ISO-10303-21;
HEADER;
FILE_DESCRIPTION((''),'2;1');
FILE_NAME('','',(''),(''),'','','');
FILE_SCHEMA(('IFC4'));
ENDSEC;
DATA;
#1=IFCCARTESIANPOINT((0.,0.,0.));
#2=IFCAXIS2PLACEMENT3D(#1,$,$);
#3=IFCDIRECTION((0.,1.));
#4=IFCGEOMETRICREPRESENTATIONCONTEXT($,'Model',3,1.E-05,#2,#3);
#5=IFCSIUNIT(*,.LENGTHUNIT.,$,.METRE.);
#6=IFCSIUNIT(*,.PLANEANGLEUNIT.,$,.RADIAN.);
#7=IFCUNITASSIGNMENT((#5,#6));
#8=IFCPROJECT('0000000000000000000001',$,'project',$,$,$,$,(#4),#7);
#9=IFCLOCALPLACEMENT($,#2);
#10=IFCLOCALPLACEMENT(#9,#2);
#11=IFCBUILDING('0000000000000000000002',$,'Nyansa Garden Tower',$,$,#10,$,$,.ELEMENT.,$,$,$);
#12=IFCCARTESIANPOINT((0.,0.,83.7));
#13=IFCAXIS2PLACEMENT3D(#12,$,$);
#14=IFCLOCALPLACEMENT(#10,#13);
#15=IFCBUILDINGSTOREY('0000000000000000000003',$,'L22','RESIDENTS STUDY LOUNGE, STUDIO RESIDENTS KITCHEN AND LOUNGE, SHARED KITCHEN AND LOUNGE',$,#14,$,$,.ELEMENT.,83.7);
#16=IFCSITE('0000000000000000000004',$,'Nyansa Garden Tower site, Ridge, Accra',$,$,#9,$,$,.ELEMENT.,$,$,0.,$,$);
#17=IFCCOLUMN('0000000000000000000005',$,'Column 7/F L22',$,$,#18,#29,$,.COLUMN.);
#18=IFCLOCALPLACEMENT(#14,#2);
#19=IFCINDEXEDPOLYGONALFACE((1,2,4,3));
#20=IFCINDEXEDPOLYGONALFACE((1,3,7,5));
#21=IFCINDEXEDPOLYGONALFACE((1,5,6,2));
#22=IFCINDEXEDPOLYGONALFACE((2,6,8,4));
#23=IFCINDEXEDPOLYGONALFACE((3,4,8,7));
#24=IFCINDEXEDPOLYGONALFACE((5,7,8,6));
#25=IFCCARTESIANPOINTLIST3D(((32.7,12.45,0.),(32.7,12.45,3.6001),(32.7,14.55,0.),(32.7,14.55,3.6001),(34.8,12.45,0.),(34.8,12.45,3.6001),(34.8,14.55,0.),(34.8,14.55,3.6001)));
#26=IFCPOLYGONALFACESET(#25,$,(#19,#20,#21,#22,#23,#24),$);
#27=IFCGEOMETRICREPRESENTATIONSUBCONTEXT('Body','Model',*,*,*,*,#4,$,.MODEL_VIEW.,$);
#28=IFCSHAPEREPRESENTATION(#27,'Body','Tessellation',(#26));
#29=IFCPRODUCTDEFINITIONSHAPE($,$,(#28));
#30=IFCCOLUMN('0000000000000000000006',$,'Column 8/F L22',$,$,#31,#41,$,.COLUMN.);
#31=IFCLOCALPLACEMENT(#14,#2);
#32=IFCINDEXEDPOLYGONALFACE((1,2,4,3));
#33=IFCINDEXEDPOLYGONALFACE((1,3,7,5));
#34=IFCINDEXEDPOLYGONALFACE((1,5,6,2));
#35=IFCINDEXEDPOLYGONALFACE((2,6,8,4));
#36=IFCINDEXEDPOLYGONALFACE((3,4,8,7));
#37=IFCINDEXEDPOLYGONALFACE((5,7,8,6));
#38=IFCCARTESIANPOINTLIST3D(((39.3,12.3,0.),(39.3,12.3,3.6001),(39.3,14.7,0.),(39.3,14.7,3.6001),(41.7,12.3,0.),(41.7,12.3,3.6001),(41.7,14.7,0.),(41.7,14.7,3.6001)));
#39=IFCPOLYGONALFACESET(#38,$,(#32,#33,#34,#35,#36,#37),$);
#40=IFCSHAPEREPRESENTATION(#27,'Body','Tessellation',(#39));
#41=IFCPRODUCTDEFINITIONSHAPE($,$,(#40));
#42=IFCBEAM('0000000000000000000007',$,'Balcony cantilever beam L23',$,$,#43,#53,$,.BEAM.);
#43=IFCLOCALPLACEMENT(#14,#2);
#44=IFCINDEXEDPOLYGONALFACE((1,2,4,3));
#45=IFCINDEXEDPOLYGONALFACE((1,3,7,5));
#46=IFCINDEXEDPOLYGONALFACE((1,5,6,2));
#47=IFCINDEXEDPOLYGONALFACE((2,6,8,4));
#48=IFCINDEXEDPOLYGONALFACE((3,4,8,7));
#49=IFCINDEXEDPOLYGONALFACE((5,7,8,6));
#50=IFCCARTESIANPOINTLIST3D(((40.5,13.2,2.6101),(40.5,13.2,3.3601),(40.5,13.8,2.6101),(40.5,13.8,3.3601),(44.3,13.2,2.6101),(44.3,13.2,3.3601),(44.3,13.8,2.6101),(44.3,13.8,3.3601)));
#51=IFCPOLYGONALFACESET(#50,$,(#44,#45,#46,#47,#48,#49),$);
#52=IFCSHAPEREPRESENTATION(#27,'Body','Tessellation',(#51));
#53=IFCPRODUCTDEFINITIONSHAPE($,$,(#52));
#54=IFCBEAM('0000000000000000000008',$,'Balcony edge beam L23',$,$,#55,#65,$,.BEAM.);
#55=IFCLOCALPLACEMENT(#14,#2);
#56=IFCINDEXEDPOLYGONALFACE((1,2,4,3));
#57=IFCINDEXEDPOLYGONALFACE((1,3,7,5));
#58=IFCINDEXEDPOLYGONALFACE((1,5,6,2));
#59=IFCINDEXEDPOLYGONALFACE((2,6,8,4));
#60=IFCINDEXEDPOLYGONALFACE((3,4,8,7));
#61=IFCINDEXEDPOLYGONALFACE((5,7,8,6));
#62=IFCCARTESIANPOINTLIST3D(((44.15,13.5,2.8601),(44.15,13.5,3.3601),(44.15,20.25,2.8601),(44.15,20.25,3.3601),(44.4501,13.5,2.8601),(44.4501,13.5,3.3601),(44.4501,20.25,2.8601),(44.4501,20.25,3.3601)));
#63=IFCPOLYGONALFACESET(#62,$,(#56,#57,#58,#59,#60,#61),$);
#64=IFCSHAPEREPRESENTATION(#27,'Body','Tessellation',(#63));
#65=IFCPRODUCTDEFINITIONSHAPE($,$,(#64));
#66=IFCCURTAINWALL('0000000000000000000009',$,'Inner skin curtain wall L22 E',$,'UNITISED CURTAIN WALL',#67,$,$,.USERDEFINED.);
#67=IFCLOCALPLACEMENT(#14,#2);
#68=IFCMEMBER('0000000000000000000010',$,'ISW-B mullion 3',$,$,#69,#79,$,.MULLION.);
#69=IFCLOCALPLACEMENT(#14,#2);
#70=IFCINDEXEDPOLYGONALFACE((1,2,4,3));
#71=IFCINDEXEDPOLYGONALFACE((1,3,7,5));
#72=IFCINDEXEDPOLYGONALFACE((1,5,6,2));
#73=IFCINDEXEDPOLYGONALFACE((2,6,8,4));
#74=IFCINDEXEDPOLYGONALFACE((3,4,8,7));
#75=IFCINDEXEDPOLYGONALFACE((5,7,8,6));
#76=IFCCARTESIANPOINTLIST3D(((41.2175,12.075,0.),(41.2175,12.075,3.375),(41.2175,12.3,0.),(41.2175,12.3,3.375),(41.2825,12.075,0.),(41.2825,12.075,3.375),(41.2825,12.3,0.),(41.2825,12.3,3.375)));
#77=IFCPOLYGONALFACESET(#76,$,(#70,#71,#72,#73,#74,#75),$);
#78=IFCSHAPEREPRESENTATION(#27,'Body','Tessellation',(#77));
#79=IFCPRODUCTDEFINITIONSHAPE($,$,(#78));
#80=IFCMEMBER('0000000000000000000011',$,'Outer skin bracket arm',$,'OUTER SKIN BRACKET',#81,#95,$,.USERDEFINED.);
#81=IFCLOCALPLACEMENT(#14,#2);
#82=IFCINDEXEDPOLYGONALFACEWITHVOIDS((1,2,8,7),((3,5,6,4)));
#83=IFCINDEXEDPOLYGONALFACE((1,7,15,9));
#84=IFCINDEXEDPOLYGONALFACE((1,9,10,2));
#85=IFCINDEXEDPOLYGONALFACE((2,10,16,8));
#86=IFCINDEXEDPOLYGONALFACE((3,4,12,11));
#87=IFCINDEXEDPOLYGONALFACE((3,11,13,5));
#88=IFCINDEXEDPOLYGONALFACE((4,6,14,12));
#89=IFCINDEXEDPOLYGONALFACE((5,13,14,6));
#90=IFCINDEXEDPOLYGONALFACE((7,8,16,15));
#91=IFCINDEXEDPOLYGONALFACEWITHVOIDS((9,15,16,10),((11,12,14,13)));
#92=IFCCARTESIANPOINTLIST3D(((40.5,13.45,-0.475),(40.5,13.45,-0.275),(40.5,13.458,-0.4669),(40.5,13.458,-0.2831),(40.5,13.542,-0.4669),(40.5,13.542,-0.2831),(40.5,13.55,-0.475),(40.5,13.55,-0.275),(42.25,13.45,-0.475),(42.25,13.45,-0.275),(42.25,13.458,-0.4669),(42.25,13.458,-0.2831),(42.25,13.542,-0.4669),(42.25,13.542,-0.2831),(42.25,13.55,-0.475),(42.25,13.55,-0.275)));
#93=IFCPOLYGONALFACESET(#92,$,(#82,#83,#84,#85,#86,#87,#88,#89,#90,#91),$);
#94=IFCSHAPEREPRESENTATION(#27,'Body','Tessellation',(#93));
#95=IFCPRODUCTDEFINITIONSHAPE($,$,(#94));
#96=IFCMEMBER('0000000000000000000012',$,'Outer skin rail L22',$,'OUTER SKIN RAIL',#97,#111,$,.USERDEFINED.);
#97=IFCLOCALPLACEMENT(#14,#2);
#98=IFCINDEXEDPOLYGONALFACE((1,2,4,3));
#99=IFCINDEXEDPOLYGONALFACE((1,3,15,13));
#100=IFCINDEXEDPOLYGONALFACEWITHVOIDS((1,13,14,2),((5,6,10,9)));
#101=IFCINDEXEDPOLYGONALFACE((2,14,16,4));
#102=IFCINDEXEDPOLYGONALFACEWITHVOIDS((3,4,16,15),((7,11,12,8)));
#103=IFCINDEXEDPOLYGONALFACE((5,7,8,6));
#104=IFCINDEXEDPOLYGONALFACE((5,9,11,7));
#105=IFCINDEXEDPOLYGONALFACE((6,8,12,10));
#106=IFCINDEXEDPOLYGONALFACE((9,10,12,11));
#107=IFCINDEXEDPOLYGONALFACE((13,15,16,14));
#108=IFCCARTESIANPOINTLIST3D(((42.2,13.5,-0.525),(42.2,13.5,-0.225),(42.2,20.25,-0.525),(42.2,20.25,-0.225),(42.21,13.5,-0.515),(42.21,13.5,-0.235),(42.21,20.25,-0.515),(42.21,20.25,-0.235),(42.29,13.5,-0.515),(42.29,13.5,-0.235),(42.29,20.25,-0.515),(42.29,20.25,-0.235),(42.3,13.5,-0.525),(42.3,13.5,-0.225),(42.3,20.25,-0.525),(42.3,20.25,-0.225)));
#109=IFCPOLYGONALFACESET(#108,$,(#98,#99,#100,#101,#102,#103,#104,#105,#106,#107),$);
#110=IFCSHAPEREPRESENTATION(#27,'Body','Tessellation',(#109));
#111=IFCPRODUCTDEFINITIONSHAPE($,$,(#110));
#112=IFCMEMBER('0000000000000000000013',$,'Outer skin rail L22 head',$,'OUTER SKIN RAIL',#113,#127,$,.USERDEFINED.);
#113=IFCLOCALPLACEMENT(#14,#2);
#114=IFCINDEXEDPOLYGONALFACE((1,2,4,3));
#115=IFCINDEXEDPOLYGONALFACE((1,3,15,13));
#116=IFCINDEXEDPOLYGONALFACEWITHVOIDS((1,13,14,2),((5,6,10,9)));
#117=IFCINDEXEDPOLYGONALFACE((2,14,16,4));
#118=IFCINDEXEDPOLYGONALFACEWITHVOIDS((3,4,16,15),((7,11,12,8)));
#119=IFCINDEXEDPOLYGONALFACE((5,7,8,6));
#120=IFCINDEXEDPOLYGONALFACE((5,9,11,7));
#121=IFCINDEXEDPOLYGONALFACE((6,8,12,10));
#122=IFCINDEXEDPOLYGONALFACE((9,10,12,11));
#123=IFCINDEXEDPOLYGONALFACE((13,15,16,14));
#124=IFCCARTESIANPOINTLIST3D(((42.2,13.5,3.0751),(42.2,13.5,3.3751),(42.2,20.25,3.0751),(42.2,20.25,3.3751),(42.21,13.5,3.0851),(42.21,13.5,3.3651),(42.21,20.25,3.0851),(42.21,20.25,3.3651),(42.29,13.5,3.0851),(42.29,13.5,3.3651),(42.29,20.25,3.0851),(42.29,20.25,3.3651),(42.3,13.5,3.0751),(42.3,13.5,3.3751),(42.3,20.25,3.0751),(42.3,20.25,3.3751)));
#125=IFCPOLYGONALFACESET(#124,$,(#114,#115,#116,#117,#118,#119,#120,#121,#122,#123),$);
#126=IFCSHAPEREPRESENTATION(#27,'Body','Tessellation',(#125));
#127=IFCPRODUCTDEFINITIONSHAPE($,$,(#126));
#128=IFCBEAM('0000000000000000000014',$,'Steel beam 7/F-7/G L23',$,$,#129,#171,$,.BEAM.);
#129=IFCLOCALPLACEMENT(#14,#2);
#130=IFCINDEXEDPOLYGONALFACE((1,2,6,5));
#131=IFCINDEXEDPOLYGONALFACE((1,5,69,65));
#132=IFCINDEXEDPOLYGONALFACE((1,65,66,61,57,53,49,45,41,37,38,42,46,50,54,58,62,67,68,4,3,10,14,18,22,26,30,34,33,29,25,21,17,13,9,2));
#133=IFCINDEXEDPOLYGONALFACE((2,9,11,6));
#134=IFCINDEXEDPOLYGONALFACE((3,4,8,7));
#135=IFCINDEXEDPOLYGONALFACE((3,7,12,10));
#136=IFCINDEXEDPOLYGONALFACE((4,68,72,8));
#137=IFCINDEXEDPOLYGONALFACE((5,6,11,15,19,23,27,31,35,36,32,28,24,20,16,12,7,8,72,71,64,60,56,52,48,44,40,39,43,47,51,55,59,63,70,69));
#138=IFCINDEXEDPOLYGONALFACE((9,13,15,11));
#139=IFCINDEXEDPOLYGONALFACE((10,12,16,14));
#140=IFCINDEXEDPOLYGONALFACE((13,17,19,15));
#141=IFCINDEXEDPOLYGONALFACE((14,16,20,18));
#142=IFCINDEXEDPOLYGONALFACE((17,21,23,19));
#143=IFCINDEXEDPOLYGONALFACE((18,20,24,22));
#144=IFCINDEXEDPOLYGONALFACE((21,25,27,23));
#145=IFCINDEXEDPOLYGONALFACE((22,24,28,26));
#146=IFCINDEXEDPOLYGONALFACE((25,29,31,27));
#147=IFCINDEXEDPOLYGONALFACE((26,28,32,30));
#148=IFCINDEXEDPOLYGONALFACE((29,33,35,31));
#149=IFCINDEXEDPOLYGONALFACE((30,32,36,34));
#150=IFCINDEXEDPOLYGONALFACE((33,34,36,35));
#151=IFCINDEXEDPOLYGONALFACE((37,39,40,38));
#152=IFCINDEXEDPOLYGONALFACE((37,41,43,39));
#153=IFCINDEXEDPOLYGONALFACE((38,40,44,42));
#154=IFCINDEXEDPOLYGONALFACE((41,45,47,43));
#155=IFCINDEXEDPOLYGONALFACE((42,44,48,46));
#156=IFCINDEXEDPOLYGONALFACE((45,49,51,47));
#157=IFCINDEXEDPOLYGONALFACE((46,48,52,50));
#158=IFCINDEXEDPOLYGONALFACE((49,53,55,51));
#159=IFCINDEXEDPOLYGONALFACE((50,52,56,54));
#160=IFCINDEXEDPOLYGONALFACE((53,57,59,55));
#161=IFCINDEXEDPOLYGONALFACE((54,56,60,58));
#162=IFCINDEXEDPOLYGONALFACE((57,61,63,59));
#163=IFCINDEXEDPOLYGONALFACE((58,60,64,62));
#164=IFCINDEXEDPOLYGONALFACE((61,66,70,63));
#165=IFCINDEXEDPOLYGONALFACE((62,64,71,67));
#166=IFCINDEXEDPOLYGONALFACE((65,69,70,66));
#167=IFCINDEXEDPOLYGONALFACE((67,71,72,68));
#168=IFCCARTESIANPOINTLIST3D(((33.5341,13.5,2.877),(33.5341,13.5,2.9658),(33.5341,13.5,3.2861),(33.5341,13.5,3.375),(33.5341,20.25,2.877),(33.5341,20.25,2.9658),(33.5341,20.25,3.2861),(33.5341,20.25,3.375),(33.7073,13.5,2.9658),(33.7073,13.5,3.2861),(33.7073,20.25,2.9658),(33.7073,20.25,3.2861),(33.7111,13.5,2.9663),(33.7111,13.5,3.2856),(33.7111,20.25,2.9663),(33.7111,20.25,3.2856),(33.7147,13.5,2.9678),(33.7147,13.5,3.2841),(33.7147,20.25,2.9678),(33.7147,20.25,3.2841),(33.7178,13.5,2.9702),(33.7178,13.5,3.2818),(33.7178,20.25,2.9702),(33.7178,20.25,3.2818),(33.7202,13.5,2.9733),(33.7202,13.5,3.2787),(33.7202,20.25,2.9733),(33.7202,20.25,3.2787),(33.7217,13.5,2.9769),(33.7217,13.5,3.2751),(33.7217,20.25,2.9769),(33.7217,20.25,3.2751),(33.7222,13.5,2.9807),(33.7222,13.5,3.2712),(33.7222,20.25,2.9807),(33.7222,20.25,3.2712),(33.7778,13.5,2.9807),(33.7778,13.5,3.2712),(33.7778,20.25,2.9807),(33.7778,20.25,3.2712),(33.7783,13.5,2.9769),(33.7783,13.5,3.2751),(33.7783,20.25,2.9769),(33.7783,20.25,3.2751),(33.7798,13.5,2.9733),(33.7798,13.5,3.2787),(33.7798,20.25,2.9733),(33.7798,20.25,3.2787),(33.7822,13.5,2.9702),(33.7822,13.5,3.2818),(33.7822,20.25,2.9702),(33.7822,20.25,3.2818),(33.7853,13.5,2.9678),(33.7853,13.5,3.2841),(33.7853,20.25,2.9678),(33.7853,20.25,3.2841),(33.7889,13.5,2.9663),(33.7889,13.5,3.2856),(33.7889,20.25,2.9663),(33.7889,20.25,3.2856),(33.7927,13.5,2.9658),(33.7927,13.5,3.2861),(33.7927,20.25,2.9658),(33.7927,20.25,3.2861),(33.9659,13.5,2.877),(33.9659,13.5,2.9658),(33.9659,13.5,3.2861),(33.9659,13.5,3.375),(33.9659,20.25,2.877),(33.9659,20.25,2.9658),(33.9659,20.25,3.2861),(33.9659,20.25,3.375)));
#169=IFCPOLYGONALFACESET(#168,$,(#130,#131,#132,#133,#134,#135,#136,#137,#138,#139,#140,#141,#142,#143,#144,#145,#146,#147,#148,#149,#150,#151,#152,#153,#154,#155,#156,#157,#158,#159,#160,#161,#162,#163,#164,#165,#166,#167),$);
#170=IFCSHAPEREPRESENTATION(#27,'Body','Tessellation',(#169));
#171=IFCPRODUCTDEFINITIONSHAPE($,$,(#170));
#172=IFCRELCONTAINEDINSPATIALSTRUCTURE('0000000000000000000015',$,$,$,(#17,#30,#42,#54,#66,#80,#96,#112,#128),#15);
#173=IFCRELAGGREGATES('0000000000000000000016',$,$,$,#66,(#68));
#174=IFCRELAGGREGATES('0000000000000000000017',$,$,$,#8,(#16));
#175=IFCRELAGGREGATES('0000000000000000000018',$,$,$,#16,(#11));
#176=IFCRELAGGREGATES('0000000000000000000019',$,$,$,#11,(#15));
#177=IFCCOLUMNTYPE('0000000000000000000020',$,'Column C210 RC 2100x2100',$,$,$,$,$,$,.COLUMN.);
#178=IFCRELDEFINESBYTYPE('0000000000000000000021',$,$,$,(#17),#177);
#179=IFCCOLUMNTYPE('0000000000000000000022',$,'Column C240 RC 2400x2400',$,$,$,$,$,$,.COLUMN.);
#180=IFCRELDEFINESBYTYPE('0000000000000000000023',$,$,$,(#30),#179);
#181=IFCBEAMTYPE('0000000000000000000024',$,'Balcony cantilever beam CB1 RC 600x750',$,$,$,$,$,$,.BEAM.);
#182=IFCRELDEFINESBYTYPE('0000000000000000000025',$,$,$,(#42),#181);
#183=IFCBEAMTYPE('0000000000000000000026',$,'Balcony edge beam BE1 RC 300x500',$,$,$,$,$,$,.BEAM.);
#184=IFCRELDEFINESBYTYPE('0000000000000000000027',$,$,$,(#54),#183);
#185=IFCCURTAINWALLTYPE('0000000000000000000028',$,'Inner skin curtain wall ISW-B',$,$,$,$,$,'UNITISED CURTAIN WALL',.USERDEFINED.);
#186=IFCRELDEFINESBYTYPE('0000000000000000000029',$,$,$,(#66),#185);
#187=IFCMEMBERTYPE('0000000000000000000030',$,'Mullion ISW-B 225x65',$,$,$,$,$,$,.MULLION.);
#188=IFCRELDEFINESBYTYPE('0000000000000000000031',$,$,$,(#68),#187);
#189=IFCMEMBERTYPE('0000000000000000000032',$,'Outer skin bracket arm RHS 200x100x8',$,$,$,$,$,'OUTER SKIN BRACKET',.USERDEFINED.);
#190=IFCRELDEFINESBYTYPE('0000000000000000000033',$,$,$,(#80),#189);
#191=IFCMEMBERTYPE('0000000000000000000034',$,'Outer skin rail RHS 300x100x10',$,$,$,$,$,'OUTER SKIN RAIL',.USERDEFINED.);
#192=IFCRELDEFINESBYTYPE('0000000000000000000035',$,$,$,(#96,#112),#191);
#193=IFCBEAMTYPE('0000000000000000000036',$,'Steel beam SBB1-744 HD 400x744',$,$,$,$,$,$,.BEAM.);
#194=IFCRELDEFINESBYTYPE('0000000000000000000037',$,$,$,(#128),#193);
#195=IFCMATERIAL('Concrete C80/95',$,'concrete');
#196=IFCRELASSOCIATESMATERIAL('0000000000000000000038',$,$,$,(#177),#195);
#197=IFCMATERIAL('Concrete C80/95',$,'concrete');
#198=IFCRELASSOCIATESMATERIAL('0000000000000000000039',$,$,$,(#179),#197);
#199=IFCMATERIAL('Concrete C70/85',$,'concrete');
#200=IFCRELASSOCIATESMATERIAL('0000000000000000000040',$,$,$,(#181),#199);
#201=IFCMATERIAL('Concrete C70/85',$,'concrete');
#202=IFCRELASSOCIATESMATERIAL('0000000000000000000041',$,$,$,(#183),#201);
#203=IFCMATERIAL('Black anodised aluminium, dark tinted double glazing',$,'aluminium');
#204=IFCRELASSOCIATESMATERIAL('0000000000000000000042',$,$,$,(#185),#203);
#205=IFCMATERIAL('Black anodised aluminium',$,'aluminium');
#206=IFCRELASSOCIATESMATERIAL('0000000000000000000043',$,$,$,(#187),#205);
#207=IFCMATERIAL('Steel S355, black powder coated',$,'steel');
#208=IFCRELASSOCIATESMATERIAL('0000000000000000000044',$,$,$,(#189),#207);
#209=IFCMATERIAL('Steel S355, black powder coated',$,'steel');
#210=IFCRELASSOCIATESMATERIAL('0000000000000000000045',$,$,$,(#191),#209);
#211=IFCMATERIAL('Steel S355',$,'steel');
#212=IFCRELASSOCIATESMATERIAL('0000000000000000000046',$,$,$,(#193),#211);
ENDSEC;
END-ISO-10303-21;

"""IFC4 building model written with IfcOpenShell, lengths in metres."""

from ifc_helpers import new_model, si_unit, direction, frame, origin, origin_2d, place, context, subcontext, project, spatial, rectangle, hollow_rectangle, i_section, extrude, material, material_profile, profile_set, type_object, element, aggregate, save


model = new_model("IFC4")

# Units and contexts
model_context = context("Model", 3, precision=1e-05, world=origin(), true_north=direction((0.0, 1.0)))
body_context = subcontext(model_context, "Body", "Model", "MODEL_VIEW")
ifc_project = project(units=[si_unit("LENGTHUNIT", "METRE"), si_unit("PLANEANGLEUNIT", "RADIAN")], contexts=[model_context])

# Site, building, storey
site_placement = place(None, origin())
site = spatial("IfcSite", under=ifc_project, at=site_placement, Name="Nyansa Garden Tower site, Ridge, Accra", CompositionType="ELEMENT", RefElevation=0.0)
building_placement = place(site_placement, origin())
building = spatial("IfcBuilding", under=site, at=building_placement, Name="Nyansa Garden Tower", CompositionType="ELEMENT")
storey_placement = place(building_placement, frame((0.0, 0.0, 83.7)))
storey = spatial("IfcBuildingStorey", under=building, at=storey_placement, Name="L22", Description="RESIDENTS STUDY LOUNGE, STUDIO RESIDENTS KITCHEN AND LOUNGE, SHARED KITCHEN AND LOUNGE", CompositionType="ELEMENT", Elevation=83.7)

# Columns
ifc_material_1 = material(Name="Concrete C80/95", Category="concrete")
ifc_material_profile_1 = material_profile(ifc_material_1, rectangle(XDim=2.1001, YDim=2.1001, at=origin_2d()), Name="RC 2100x2100")
ifc_profile_set_1 = profile_set([ifc_material_profile_1], Name="Concrete C80/95")
column_type_1 = type_object("IfcColumnType", Name="Column C210 RC 2100x2100", PredefinedType="COLUMN", material=ifc_profile_set_1)
column_1_placement = place(storey_placement, frame((33.75, 13.5, 0.0), z_axis=(0.0, 0.0, 1.0), x_axis=(1.0, 0.0, 0.0)))
element("IfcColumn", 1, at=column_1_placement, inside=storey, type_object=column_type_1, Name="Column 7/F L22", PredefinedType="COLUMN", context=body_context, shape_type="SweptSolid", body=[
    extrude(rectangle(XDim=2.1001, YDim=2.1001, at=origin_2d()), origin(), (0.0, 0.0, 1.0), 3.6001),
])
ifc_material_2 = material(Name="Concrete C80/95", Category="concrete")
ifc_material_profile_2 = material_profile(ifc_material_2, rectangle(XDim=2.3999, YDim=2.3999, at=origin_2d()), Name="RC 2400x2400")
ifc_profile_set_2 = profile_set([ifc_material_profile_2], Name="Concrete C80/95")
column_type_2 = type_object("IfcColumnType", Name="Column C240 RC 2400x2400", PredefinedType="COLUMN", material=ifc_profile_set_2)
column_2_placement = place(storey_placement, frame((40.5, 13.5, 0.0), z_axis=(0.0, 0.0, 1.0), x_axis=(1.0, 0.0, 0.0)))
element("IfcColumn", 2, at=column_2_placement, inside=storey, type_object=column_type_2, Name="Column 8/F L22", PredefinedType="COLUMN", context=body_context, shape_type="SweptSolid", body=[
    extrude(rectangle(XDim=2.3999, YDim=2.3999, at=origin_2d()), origin(), (0.0, 0.0, 1.0), 3.6001),
])

# Beams
ifc_material_3 = material(Name="Concrete C70/85", Category="concrete")
ifc_material_profile_3 = material_profile(ifc_material_3, rectangle(XDim=0.6001, YDim=0.75, at=origin_2d()), Name="RC 600x750")
ifc_profile_set_3 = profile_set([ifc_material_profile_3], Name="Concrete C70/85")
beam_type_1 = type_object("IfcBeamType", Name="Balcony cantilever beam CB1 RC 600x750", PredefinedType="BEAM", material=ifc_profile_set_3)
beam_1_placement = place(storey_placement, frame((40.5, 13.5, 2.9851), z_axis=(1.0, 0.0, 0.0), x_axis=(0.0, 1.0, 0.0)))
element("IfcBeam", 3, at=beam_1_placement, inside=storey, type_object=beam_type_1, Name="Balcony cantilever beam L23", PredefinedType="BEAM", context=body_context, shape_type="SweptSolid", body=[
    extrude(rectangle(XDim=0.6001, YDim=0.75, at=origin_2d()), origin(), (0.0, 0.0, 1.0), 3.8),
])
ifc_material_4 = material(Name="Concrete C70/85", Category="concrete")
ifc_material_profile_4 = material_profile(ifc_material_4, rectangle(XDim=0.3, YDim=0.5, at=origin_2d()), Name="RC 300x500")
ifc_profile_set_4 = profile_set([ifc_material_profile_4], Name="Concrete C70/85")
beam_type_2 = type_object("IfcBeamType", Name="Balcony edge beam BE1 RC 300x500", PredefinedType="BEAM", material=ifc_profile_set_4)
beam_2_placement = place(storey_placement, frame((44.3, 13.5, 3.1101), z_axis=(0.0, 1.0, 0.0), x_axis=(-1.0, 0.0, 0.0)))
element("IfcBeam", 4, at=beam_2_placement, inside=storey, type_object=beam_type_2, Name="Balcony edge beam L23", PredefinedType="BEAM", context=body_context, shape_type="SweptSolid", body=[
    extrude(rectangle(XDim=0.3, YDim=0.5, at=origin_2d()), origin(), (0.0, 0.0, 1.0), 6.75),
])

# Curtain wall, member
ifc_material_5 = material(Name="Black anodised aluminium, dark tinted double glazing", Category="aluminium")
curtain_wall_type = type_object("IfcCurtainWallType", Name="Inner skin curtain wall ISW-B", ElementType="UNITISED CURTAIN WALL", PredefinedType="USERDEFINED", material=ifc_material_5)
curtain_wall_placement = place(storey_placement, origin())
curtain_wall = element("IfcCurtainWall", 5, at=curtain_wall_placement, inside=storey, type_object=curtain_wall_type, Name="Inner skin curtain wall L22 E", ObjectType="UNITISED CURTAIN WALL", PredefinedType="USERDEFINED")
ifc_material_6 = material(Name="Black anodised aluminium", Category="aluminium")
ifc_material_profile_5 = material_profile(ifc_material_6, rectangle(XDim=0.0649, YDim=0.2251, at=origin_2d()), Name="Mullion 225x65")
ifc_profile_set_5 = profile_set([ifc_material_profile_5], Name="Black anodised aluminium")
member_type_1 = type_object("IfcMemberType", Name="Mullion ISW-B 225x65", PredefinedType="MULLION", material=ifc_profile_set_5)
member_1_placement = place(storey_placement, frame((41.25, 12.1875, 0.0), z_axis=(0.0, 0.0, 1.0), x_axis=(-1.0, 0.0, 0.0)))
member_1 = element("IfcMember", 6, at=member_1_placement, type_object=member_type_1, Name="ISW-B mullion 3", PredefinedType="MULLION", context=body_context, shape_type="SweptSolid", body=[
    extrude(rectangle(XDim=0.0649, YDim=0.2251, at=origin_2d()), origin(), (0.0, 0.0, 1.0), 3.375),
])

# Members
ifc_material_7 = material(Name="Steel S355, black powder coated", Category="steel")
ifc_material_profile_6 = material_profile(ifc_material_7, hollow_rectangle(XDim=0.1001, YDim=0.2, WallThickness=0.0081, at=origin_2d()), Name="RHS 200x100x8")
ifc_profile_set_6 = profile_set([ifc_material_profile_6], Name="Steel S355, black powder coated")
member_type_2 = type_object("IfcMemberType", Name="Outer skin bracket arm RHS 200x100x8", ElementType="OUTER SKIN BRACKET", PredefinedType="USERDEFINED", material=ifc_profile_set_6)
member_2_placement = place(storey_placement, frame((40.5, 13.5, -0.375), z_axis=(1.0, 0.0, 0.0), x_axis=(0.0, 1.0, 0.0)))
element("IfcMember", 7, at=member_2_placement, inside=storey, type_object=member_type_2, Name="Outer skin bracket arm", ObjectType="OUTER SKIN BRACKET", PredefinedType="USERDEFINED", context=body_context, shape_type="SweptSolid", body=[
    extrude(hollow_rectangle(XDim=0.1001, YDim=0.2, WallThickness=0.0081, at=origin_2d()), origin(), (0.0, 0.0, 1.0), 1.75),
])
ifc_material_8 = material(Name="Steel S355, black powder coated", Category="steel")
ifc_material_profile_7 = material_profile(ifc_material_8, hollow_rectangle(XDim=0.1001, YDim=0.3, WallThickness=0.01, at=origin_2d()), Name="RHS 300x100x10")
ifc_profile_set_7 = profile_set([ifc_material_profile_7], Name="Steel S355, black powder coated")
member_type_3 = type_object("IfcMemberType", Name="Outer skin rail RHS 300x100x10", ElementType="OUTER SKIN RAIL", PredefinedType="USERDEFINED", material=ifc_profile_set_7)
for number, where, z_axis, x_axis, name in (
    (8, (42.25, 13.5, -0.375), (0.0, 1.0, 0.0), (-1.0, 0.0, 0.0), "Outer skin rail L22"),
    (9, (42.25, 13.5, 3.2251), (0.0, 1.0, 0.0), (-1.0, 0.0, 0.0), "Outer skin rail L22 head"),
):
    element("IfcMember", number, at=place(storey_placement, frame(where, z_axis=z_axis, x_axis=x_axis)), inside=storey, type_object=member_type_3, Name=name, ObjectType="OUTER SKIN RAIL", PredefinedType="USERDEFINED", context=body_context, shape_type="SweptSolid", body=[
        extrude(hollow_rectangle(XDim=0.1001, YDim=0.3, WallThickness=0.01, at=origin_2d()), origin(), (0.0, 0.0, 1.0), 6.75),
    ])

# Beam
ifc_material_9 = material(Name="Steel S355", Category="steel")
ifc_material_profile_8 = material_profile(ifc_material_9, i_section(OverallWidth=0.4319, OverallDepth=0.498, WebThickness=0.0557, FlangeThickness=0.0889, FilletRadius=0.0149, at=origin_2d()), Name="HD 400x744")
ifc_profile_set_8 = profile_set([ifc_material_profile_8], Name="Steel S355")
beam_type_3 = type_object("IfcBeamType", Name="Steel beam SBB1-744 HD 400x744", PredefinedType="BEAM", material=ifc_profile_set_8)
for number, where, z_axis, x_axis, name in (
    (10, (33.75, 13.5, 3.126), (0.0, 1.0, 0.0), (-1.0, 0.0, 0.0), "Steel beam 7/F-7/G L23"),
):
    element("IfcBeam", number, at=place(storey_placement, frame(where, z_axis=z_axis, x_axis=x_axis)), inside=storey, type_object=beam_type_3, Name=name, PredefinedType="BEAM", context=body_context, shape_type="SweptSolid", body=[
        extrude(i_section(OverallWidth=0.4319, OverallDepth=0.498, WebThickness=0.0557, FlangeThickness=0.0889, FilletRadius=0.0149, at=origin_2d()), origin(), (0.0, 0.0, 1.0), 6.75),
    ])

aggregate(curtain_wall, [member_1])

save(model, "model.ifc")
